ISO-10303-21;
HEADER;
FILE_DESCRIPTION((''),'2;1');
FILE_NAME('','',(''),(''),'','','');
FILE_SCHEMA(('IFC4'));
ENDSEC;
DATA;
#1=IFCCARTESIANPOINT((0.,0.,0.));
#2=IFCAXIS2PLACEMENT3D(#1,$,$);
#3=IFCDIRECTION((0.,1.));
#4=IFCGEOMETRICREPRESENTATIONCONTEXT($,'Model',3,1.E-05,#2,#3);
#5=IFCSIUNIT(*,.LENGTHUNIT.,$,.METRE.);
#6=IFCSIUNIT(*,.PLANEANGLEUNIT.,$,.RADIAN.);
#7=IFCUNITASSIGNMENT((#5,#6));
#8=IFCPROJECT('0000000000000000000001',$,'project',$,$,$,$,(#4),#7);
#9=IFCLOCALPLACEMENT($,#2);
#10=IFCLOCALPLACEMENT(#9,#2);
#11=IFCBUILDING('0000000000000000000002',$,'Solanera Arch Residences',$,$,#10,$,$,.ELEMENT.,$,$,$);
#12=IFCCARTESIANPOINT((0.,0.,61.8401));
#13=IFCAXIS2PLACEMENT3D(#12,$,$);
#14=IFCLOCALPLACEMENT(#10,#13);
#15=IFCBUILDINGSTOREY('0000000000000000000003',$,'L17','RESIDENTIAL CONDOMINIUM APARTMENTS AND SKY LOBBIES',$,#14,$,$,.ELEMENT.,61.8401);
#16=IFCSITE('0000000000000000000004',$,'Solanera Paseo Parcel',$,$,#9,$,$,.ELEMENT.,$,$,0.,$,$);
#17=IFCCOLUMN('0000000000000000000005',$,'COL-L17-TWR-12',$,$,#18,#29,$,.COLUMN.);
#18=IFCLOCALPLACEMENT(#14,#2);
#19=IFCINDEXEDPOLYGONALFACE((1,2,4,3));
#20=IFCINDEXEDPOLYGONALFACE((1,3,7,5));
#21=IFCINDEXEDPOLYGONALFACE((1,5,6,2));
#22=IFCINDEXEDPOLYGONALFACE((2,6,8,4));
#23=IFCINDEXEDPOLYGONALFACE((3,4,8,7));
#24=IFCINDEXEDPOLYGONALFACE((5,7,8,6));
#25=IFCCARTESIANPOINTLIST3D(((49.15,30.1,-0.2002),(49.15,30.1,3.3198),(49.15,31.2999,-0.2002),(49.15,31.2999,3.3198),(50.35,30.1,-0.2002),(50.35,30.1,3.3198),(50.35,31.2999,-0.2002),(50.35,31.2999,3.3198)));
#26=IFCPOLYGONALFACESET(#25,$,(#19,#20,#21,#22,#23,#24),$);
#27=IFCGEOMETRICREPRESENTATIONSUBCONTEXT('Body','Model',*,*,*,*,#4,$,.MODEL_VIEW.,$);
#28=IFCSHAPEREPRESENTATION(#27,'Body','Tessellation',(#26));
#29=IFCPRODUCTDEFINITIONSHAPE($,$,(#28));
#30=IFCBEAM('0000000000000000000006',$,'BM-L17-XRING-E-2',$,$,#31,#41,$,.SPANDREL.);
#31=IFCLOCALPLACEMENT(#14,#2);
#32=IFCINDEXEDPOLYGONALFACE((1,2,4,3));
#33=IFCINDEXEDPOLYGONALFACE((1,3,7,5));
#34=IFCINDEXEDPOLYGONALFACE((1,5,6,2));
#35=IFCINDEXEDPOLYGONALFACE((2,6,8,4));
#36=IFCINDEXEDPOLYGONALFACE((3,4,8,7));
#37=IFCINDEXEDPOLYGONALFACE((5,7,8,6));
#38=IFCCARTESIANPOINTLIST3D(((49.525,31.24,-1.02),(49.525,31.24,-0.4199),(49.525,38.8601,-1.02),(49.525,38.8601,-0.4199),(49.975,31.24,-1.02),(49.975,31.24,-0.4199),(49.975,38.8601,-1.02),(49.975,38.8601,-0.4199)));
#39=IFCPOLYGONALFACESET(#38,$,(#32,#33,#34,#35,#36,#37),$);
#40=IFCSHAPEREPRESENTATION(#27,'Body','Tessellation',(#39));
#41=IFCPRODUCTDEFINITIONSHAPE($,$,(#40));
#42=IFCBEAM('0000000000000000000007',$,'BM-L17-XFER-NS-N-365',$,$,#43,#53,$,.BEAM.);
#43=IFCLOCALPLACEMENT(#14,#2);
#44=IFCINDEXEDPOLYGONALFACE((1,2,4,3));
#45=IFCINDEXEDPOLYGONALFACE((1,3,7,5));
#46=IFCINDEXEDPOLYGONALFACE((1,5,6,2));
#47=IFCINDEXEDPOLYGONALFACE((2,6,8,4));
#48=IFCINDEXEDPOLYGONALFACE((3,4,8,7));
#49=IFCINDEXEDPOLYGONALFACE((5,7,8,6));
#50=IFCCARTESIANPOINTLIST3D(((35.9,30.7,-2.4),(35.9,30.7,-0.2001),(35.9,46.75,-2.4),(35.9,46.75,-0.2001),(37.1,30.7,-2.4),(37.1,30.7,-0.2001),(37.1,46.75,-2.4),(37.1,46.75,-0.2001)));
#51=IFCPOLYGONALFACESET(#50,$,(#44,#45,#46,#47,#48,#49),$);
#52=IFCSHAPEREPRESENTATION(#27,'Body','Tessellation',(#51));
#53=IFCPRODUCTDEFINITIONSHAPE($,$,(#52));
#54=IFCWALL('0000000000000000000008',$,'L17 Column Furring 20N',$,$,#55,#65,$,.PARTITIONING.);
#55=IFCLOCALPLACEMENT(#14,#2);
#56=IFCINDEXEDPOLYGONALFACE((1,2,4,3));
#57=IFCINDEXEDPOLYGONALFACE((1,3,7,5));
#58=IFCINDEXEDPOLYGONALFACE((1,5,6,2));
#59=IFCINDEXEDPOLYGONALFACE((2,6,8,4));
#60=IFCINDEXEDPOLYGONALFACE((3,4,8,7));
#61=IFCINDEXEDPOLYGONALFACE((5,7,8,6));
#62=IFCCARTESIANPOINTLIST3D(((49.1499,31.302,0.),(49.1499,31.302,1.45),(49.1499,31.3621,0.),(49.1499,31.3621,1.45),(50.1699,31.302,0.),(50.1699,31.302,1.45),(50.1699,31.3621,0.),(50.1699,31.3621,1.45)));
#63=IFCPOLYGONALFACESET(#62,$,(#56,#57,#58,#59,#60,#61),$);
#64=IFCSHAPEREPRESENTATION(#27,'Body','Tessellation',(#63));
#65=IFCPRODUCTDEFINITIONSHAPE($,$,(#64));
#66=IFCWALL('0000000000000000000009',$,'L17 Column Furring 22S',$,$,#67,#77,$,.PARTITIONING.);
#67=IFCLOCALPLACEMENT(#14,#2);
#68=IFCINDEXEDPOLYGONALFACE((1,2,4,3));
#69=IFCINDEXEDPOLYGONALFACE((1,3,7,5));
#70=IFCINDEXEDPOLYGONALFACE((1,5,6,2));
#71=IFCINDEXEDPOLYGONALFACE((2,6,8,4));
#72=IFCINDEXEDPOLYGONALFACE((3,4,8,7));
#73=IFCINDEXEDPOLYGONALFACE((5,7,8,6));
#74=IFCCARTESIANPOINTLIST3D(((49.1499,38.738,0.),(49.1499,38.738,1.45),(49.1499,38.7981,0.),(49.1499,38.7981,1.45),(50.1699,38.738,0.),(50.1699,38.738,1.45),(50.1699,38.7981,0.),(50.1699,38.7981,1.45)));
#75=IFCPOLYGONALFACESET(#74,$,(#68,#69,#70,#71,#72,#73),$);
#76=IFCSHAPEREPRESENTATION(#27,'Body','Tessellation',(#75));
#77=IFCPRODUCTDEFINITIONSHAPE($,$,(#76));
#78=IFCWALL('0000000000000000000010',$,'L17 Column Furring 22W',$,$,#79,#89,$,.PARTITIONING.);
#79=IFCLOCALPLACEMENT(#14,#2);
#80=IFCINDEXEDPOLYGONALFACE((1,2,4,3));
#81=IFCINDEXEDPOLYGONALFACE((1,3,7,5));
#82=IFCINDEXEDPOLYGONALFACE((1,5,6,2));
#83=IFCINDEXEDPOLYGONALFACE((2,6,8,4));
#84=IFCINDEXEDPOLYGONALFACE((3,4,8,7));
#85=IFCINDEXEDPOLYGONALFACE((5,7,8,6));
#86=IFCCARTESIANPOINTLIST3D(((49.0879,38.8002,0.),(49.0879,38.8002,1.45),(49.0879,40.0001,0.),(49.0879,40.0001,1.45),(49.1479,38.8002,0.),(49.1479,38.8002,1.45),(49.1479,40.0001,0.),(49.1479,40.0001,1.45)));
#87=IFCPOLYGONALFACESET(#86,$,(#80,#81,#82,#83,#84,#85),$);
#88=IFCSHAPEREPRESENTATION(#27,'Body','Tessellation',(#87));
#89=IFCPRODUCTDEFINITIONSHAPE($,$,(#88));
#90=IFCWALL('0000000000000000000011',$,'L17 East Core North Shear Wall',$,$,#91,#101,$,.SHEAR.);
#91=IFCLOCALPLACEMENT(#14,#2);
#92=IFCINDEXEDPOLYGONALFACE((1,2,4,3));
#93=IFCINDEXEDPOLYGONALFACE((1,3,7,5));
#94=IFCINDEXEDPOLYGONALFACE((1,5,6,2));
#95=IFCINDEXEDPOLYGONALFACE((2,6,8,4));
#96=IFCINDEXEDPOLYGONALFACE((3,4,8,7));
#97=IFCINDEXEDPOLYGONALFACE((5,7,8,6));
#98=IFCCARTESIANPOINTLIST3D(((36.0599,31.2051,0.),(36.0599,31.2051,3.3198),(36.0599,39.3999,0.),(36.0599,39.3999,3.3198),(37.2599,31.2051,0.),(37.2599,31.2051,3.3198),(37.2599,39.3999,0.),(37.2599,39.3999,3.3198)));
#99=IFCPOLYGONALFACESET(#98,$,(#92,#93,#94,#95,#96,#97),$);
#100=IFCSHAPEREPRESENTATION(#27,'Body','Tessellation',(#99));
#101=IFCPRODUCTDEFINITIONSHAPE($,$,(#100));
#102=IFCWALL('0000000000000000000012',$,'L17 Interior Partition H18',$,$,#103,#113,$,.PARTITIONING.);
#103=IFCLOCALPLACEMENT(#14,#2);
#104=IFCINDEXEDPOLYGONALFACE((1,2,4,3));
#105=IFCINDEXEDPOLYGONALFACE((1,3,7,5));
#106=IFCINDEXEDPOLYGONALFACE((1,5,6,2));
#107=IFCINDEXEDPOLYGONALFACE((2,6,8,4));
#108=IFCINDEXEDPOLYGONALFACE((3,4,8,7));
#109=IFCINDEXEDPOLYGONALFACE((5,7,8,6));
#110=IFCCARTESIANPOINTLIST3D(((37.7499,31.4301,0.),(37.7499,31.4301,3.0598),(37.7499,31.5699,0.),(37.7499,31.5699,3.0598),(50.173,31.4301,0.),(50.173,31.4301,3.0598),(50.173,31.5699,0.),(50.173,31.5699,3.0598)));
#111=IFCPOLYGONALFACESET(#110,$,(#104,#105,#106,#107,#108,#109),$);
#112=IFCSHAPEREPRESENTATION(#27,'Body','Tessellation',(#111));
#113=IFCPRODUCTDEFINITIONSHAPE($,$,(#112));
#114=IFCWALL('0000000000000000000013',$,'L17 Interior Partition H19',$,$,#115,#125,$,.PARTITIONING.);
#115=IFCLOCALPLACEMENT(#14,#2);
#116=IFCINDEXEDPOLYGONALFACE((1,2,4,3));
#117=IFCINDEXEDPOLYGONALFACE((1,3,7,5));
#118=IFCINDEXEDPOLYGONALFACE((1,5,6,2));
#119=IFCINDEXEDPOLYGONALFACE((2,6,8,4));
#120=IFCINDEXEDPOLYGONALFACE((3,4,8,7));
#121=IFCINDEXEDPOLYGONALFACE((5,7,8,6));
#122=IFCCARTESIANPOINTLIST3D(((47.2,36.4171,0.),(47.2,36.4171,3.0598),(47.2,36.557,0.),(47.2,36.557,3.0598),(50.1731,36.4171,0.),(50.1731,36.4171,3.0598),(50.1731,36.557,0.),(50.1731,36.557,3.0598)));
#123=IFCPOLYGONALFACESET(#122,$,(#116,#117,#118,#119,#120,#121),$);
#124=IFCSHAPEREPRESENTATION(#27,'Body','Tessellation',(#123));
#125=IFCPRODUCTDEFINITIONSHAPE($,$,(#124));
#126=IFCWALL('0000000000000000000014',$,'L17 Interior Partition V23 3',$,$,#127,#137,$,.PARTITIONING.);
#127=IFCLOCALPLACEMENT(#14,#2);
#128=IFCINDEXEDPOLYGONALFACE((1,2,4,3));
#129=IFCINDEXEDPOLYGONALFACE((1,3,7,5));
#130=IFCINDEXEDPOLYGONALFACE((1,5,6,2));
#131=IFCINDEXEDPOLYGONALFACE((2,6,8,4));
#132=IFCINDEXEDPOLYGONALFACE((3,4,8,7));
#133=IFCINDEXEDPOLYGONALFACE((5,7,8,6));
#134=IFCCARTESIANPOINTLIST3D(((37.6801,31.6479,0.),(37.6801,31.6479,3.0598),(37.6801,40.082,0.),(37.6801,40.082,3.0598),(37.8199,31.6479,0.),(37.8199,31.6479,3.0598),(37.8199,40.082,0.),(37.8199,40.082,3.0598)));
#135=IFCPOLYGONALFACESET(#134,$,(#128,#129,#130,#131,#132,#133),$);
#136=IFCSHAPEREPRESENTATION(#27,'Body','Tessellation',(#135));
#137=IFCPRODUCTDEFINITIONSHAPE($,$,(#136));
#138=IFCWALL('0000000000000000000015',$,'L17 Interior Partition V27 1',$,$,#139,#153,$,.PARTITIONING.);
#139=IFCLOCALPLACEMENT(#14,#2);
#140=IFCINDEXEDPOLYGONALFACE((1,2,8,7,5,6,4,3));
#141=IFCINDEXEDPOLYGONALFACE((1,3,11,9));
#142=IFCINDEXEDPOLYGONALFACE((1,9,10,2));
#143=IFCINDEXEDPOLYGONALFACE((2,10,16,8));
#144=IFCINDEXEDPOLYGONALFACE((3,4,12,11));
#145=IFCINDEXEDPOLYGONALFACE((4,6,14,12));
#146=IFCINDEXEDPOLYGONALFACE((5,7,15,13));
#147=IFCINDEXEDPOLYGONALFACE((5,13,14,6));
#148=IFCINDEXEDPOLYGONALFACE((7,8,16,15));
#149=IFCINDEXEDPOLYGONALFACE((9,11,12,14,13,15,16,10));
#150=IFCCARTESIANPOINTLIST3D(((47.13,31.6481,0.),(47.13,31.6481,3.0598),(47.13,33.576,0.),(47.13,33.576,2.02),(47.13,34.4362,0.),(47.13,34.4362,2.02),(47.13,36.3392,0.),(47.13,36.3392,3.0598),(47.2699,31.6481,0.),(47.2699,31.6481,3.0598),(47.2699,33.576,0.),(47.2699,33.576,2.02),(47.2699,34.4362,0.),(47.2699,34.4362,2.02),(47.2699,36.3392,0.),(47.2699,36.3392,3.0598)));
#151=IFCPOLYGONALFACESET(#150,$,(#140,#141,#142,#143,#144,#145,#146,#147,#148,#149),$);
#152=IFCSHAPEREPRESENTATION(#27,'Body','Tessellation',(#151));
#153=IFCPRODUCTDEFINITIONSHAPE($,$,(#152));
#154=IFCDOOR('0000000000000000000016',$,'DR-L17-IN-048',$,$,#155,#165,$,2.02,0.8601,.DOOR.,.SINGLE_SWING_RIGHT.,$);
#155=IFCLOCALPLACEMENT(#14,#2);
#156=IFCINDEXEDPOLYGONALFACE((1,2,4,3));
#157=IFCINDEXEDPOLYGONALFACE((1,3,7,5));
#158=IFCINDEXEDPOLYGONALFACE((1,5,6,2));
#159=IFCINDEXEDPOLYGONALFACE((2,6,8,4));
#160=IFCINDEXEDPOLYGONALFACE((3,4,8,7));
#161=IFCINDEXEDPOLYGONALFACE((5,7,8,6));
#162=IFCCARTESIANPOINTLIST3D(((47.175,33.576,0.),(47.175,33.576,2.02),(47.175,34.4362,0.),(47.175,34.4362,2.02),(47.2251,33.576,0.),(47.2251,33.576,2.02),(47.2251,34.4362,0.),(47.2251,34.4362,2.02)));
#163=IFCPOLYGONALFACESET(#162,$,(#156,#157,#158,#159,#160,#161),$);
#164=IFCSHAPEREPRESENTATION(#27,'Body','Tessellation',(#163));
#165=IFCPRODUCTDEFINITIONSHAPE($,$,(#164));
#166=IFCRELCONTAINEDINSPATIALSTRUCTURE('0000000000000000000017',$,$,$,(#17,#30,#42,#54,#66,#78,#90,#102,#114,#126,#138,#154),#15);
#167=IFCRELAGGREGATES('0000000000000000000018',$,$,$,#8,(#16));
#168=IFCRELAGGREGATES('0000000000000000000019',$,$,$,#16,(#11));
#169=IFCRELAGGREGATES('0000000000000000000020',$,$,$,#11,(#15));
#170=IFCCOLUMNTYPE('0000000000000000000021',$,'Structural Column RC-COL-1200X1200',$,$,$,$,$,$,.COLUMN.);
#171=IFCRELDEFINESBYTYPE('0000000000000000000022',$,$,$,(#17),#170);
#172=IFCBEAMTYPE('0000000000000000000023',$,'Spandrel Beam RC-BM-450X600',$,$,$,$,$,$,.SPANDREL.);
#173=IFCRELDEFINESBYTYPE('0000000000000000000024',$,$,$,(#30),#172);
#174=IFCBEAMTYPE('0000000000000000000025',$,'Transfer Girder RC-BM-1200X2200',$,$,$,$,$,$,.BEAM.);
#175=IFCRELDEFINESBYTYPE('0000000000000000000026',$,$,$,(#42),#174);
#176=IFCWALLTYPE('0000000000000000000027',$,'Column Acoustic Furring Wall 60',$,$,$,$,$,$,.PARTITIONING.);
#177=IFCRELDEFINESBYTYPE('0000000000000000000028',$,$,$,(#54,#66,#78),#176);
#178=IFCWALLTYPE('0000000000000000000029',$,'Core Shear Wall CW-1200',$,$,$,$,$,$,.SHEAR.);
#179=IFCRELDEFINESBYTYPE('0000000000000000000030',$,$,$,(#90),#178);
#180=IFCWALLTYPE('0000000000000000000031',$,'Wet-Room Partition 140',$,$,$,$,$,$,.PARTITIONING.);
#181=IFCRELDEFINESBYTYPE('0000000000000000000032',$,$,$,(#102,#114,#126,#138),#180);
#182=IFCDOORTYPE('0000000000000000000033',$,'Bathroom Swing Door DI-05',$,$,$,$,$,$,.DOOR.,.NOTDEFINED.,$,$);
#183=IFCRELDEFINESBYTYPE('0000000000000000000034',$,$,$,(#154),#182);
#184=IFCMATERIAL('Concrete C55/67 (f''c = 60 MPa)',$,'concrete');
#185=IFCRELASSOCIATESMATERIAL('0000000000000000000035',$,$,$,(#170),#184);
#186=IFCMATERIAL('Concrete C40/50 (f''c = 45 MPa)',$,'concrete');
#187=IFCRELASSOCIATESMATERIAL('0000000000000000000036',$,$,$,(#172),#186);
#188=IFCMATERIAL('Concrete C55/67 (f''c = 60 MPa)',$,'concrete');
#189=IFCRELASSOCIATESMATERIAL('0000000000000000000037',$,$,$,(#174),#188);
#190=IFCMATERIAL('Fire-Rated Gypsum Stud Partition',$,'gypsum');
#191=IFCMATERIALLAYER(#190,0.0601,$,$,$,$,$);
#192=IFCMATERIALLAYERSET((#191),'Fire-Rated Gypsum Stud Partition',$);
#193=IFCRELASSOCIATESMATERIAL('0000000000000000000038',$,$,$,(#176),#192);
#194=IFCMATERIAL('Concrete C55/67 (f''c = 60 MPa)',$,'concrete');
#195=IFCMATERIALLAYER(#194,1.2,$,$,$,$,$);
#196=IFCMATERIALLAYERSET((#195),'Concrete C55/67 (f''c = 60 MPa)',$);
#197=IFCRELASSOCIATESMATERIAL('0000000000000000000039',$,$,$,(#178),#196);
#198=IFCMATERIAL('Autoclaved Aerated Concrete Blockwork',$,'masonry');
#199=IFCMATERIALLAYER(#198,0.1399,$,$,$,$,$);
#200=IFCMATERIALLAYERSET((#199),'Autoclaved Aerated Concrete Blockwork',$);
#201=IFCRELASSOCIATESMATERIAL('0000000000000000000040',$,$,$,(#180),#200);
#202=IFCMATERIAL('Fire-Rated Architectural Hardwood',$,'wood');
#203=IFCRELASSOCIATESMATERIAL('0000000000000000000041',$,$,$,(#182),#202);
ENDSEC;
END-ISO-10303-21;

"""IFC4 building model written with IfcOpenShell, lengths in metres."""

from ifc_helpers import new_model, si_unit, direction, frame, frame_2d, origin, origin_2d, place, context, subcontext, project, spatial, rectangle, extrude, material, layer, layer_set, material_profile, profile_set, type_object, element, fill, save


model = new_model("IFC4")

# Units and contexts
model_context = context("Model", 3, precision=1e-05, world=origin(), true_north=direction((0.0, 1.0)))
body_context = subcontext(model_context, "Body", "Model", "MODEL_VIEW")
ifc_project = project(units=[si_unit("LENGTHUNIT", "METRE"), si_unit("PLANEANGLEUNIT", "RADIAN")], contexts=[model_context])

# Site, building, storey
site_placement = place(None, origin())
site = spatial("IfcSite", under=ifc_project, at=site_placement, Name="Solanera Paseo Parcel", CompositionType="ELEMENT", RefElevation=0.0)
building_placement = place(site_placement, origin())
building = spatial("IfcBuilding", under=site, at=building_placement, Name="Solanera Arch Residences", CompositionType="ELEMENT")
storey_placement = place(building_placement, frame((0.0, 0.0, 61.8401)))
storey = spatial("IfcBuildingStorey", under=building, at=storey_placement, Name="L17", Description="RESIDENTIAL CONDOMINIUM APARTMENTS AND SKY LOBBIES", CompositionType="ELEMENT", Elevation=61.8401)

# Column
ifc_material_1 = material(Name="Concrete C55/67 (f'c = 60 MPa)", Category="concrete")
ifc_material_profile_1 = material_profile(ifc_material_1, rectangle(XDim=1.2, YDim=1.2, at=origin_2d()))
ifc_profile_set_1 = profile_set([ifc_material_profile_1], Name="Concrete C55/67 (f'c = 60 MPa)")
column_type = type_object("IfcColumnType", Name="Structural Column RC-COL-1200X1200", PredefinedType="COLUMN", material=ifc_profile_set_1)
column_placement = place(storey_placement, frame((49.75, 30.7, -0.2002), z_axis=(0.0, 0.0, 1.0), x_axis=(1.0, 0.0, 0.0)))
element("IfcColumn", 1, at=column_placement, inside=storey, type_object=column_type, Name="COL-L17-TWR-12", PredefinedType="COLUMN", context=body_context, shape_type="SweptSolid", body=[
    extrude(rectangle(XDim=1.2, YDim=1.2, at=origin_2d()), origin(), (0.0, 0.0, 1.0), 3.52),
])

# Beams
ifc_material_2 = material(Name="Concrete C40/50 (f'c = 45 MPa)", Category="concrete")
ifc_material_profile_2 = material_profile(ifc_material_2, rectangle(XDim=0.45, YDim=0.6001, at=origin_2d()))
ifc_profile_set_2 = profile_set([ifc_material_profile_2], Name="Concrete C40/50 (f'c = 45 MPa)")
beam_type_1 = type_object("IfcBeamType", Name="Spandrel Beam RC-BM-450X600", PredefinedType="SPANDREL", material=ifc_profile_set_2)
beam_1_placement = place(storey_placement, frame((49.75, 31.24, -0.72), z_axis=(0.0, 1.0, 0.0), x_axis=(-1.0, 0.0, 0.0)))
element("IfcBeam", 2, at=beam_1_placement, inside=storey, type_object=beam_type_1, Name="BM-L17-XRING-E-2", PredefinedType="SPANDREL", context=body_context, shape_type="SweptSolid", body=[
    extrude(rectangle(XDim=0.45, YDim=0.6001, at=origin_2d()), origin(), (0.0, 0.0, 1.0), 7.6201),
])
ifc_material_3 = material(Name="Concrete C55/67 (f'c = 60 MPa)", Category="concrete")
ifc_material_profile_3 = material_profile(ifc_material_3, rectangle(XDim=1.2, YDim=2.2, at=origin_2d()))
ifc_profile_set_3 = profile_set([ifc_material_profile_3], Name="Concrete C55/67 (f'c = 60 MPa)")
beam_type_2 = type_object("IfcBeamType", Name="Transfer Girder RC-BM-1200X2200", PredefinedType="BEAM", material=ifc_profile_set_3)
beam_2_placement = place(storey_placement, frame((36.5, 30.7, -1.3), z_axis=(0.0, 1.0, 0.0), x_axis=(-1.0, 0.0, 0.0)))
element("IfcBeam", 3, at=beam_2_placement, inside=storey, type_object=beam_type_2, Name="BM-L17-XFER-NS-N-365", PredefinedType="BEAM", context=body_context, shape_type="SweptSolid", body=[
    extrude(rectangle(XDim=1.2, YDim=2.2, at=origin_2d()), origin(), (0.0, 0.0, 1.0), 16.05),
])

# Walls
ifc_material_4 = material(Name="Fire-Rated Gypsum Stud Partition", Category="gypsum")
ifc_layer_1 = layer(ifc_material_4, 0.0601)
ifc_layer_set_1 = layer_set([ifc_layer_1], Name="Fire-Rated Gypsum Stud Partition")
wall_type_1 = type_object("IfcWallType", Name="Column Acoustic Furring Wall 60", PredefinedType="PARTITIONING", material=ifc_layer_set_1)
for number, where, z_axis, x_axis, name in (
    (4, (49.1499, 31.332, 0.0), (0.0, 0.0, 1.0), (1.0, 0.0, 0.0), "L17 Column Furring 20N"),
    (5, (49.1499, 38.7681, 0.0), (0.0, 0.0, 1.0), (1.0, 0.0, 0.0), "L17 Column Furring 22S"),
):
    element("IfcWall", number, at=place(storey_placement, frame(where, z_axis=z_axis, x_axis=x_axis)), inside=storey, type_object=wall_type_1, Name=name, PredefinedType="PARTITIONING", context=body_context, shape_type="SweptSolid", body=[
        extrude(rectangle(XDim=1.02, YDim=0.0601, at=frame_2d((0.51, 0.0))), origin(), (0.0, 0.0, 1.0), 1.45),
    ])
wall_1_placement = place(storey_placement, frame((49.1179, 38.8, 0.0), z_axis=(0.0, 0.0, 1.0), x_axis=(0.0, 1.0, 0.0)))
element("IfcWall", 6, at=wall_1_placement, inside=storey, type_object=wall_type_1, Name="L17 Column Furring 22W", PredefinedType="PARTITIONING", context=body_context, shape_type="SweptSolid", body=[
    extrude(rectangle(XDim=1.2, YDim=0.0601, at=frame_2d((0.6001, 0.0))), origin(), (0.0, 0.0, 1.0), 1.45),
])
ifc_material_5 = material(Name="Concrete C55/67 (f'c = 60 MPa)", Category="concrete")
ifc_layer_2 = layer(ifc_material_5, 1.2)
ifc_layer_set_2 = layer_set([ifc_layer_2], Name="Concrete C55/67 (f'c = 60 MPa)")
wall_type_2 = type_object("IfcWallType", Name="Core Shear Wall CW-1200", PredefinedType="SHEAR", material=ifc_layer_set_2)
wall_2_placement = place(storey_placement, frame((36.6599, 31.2051, 0.0), z_axis=(0.0, 0.0, 1.0), x_axis=(0.0, 1.0, 0.0)))
element("IfcWall", 7, at=wall_2_placement, inside=storey, type_object=wall_type_2, Name="L17 East Core North Shear Wall", PredefinedType="SHEAR", context=body_context, shape_type="SweptSolid", body=[
    extrude(rectangle(XDim=8.1948, YDim=1.2, at=frame_2d((4.0974, 0.0))), origin(), (0.0, 0.0, 1.0), 3.3198),
])
ifc_material_6 = material(Name="Autoclaved Aerated Concrete Blockwork", Category="masonry")
ifc_layer_3 = layer(ifc_material_6, 0.1399)
ifc_layer_set_3 = layer_set([ifc_layer_3], Name="Autoclaved Aerated Concrete Blockwork")
wall_type_3 = type_object("IfcWallType", Name="Wet-Room Partition 140", PredefinedType="PARTITIONING", material=ifc_layer_set_3)
wall_3_placement = place(storey_placement, frame((37.75, 31.5, 0.0), z_axis=(0.0, 0.0, 1.0), x_axis=(1.0, 0.0, 0.0)))
element("IfcWall", 8, at=wall_3_placement, inside=storey, type_object=wall_type_3, Name="L17 Interior Partition H18", PredefinedType="PARTITIONING", context=body_context, shape_type="SweptSolid", body=[
    extrude(rectangle(XDim=12.4231, YDim=0.1399, at=frame_2d((6.2114, 0.0))), origin(), (0.0, 0.0, 1.0), 3.0598),
])
wall_4_placement = place(storey_placement, frame((47.2, 36.4871, 0.0), z_axis=(0.0, 0.0, 1.0), x_axis=(1.0, 0.0, 0.0)))
element("IfcWall", 9, at=wall_4_placement, inside=storey, type_object=wall_type_3, Name="L17 Interior Partition H19", PredefinedType="PARTITIONING", context=body_context, shape_type="SweptSolid", body=[
    extrude(rectangle(XDim=2.9731, YDim=0.1399, at=frame_2d((1.4866, 0.0))), origin(), (0.0, 0.0, 1.0), 3.0598),
])
wall_5_placement = place(storey_placement, frame((37.75, 31.6479, 0.0), z_axis=(0.0, 0.0, 1.0), x_axis=(0.0, 1.0, 0.0)))
element("IfcWall", 10, at=wall_5_placement, inside=storey, type_object=wall_type_3, Name="L17 Interior Partition V23 3", PredefinedType="PARTITIONING", context=body_context, shape_type="SweptSolid", body=[
    extrude(rectangle(XDim=8.4341, YDim=0.1399, at=frame_2d((4.217, 0.0))), origin(), (0.0, 0.0, 1.0), 3.0598),
])

# Wall, opening, door
wall_6_placement = place(storey_placement, frame((47.2, 31.6479, 0.0), z_axis=(0.0, 0.0, 1.0), x_axis=(0.0, 1.0, 0.0)))
wall_6 = element("IfcWall", 11, at=wall_6_placement, inside=storey, type_object=wall_type_3, Name="L17 Interior Partition V27 1", PredefinedType="PARTITIONING", context=body_context, shape_type="SweptSolid", body=[
    extrude(rectangle(XDim=4.6912, YDim=0.1399, at=frame_2d((2.3457, 0.0))), origin(), (0.0, 0.0, 1.0), 3.0598),
])
opening_1_placement = place(wall_6_placement, frame((1.928, 0.0, 0.0)))
opening_1 = element("IfcOpeningElement", 12, at=opening_1_placement, cuts=wall_6, PredefinedType="OPENING", context=body_context, shape_type="SweptSolid", body=[
    extrude(rectangle(XDim=0.8601, YDim=2.02, at=frame_2d((0.4302, 1.01))), frame((0.0, 0.0798, 0.0), z_axis=(0.0, -1.0, 0.0), x_axis=(1.0, 0.0, 0.0)), (0.0, 0.0, 1.0), 0.1599),
])
ifc_material_7 = material(Name="Fire-Rated Architectural Hardwood", Category="wood")
door_type_1 = type_object("IfcDoorType", Name="Bathroom Swing Door DI-05", OperationType="NOTDEFINED", PredefinedType="DOOR", material=ifc_material_7)
door_1_placement = place(opening_1_placement, origin())
door_1 = element("IfcDoor", 13, at=door_1_placement, inside=storey, type_object=door_type_1, Name="DR-L17-IN-048", OperationType="SINGLE_SWING_RIGHT", OverallHeight=2.02, OverallWidth=0.8601, PredefinedType="DOOR", context=body_context, shape_type="SweptSolid", body=[
    extrude(rectangle(XDim=0.8601, YDim=2.02, at=frame_2d((0.4302, 1.01))), frame((0.0, 0.0249, 0.0), z_axis=(0.0, -1.0, 0.0), x_axis=(1.0, 0.0, 0.0)), (0.0, 0.0, 1.0), 0.05),
])
fill(opening_1, door_1)

save(model, "model.ifc")
